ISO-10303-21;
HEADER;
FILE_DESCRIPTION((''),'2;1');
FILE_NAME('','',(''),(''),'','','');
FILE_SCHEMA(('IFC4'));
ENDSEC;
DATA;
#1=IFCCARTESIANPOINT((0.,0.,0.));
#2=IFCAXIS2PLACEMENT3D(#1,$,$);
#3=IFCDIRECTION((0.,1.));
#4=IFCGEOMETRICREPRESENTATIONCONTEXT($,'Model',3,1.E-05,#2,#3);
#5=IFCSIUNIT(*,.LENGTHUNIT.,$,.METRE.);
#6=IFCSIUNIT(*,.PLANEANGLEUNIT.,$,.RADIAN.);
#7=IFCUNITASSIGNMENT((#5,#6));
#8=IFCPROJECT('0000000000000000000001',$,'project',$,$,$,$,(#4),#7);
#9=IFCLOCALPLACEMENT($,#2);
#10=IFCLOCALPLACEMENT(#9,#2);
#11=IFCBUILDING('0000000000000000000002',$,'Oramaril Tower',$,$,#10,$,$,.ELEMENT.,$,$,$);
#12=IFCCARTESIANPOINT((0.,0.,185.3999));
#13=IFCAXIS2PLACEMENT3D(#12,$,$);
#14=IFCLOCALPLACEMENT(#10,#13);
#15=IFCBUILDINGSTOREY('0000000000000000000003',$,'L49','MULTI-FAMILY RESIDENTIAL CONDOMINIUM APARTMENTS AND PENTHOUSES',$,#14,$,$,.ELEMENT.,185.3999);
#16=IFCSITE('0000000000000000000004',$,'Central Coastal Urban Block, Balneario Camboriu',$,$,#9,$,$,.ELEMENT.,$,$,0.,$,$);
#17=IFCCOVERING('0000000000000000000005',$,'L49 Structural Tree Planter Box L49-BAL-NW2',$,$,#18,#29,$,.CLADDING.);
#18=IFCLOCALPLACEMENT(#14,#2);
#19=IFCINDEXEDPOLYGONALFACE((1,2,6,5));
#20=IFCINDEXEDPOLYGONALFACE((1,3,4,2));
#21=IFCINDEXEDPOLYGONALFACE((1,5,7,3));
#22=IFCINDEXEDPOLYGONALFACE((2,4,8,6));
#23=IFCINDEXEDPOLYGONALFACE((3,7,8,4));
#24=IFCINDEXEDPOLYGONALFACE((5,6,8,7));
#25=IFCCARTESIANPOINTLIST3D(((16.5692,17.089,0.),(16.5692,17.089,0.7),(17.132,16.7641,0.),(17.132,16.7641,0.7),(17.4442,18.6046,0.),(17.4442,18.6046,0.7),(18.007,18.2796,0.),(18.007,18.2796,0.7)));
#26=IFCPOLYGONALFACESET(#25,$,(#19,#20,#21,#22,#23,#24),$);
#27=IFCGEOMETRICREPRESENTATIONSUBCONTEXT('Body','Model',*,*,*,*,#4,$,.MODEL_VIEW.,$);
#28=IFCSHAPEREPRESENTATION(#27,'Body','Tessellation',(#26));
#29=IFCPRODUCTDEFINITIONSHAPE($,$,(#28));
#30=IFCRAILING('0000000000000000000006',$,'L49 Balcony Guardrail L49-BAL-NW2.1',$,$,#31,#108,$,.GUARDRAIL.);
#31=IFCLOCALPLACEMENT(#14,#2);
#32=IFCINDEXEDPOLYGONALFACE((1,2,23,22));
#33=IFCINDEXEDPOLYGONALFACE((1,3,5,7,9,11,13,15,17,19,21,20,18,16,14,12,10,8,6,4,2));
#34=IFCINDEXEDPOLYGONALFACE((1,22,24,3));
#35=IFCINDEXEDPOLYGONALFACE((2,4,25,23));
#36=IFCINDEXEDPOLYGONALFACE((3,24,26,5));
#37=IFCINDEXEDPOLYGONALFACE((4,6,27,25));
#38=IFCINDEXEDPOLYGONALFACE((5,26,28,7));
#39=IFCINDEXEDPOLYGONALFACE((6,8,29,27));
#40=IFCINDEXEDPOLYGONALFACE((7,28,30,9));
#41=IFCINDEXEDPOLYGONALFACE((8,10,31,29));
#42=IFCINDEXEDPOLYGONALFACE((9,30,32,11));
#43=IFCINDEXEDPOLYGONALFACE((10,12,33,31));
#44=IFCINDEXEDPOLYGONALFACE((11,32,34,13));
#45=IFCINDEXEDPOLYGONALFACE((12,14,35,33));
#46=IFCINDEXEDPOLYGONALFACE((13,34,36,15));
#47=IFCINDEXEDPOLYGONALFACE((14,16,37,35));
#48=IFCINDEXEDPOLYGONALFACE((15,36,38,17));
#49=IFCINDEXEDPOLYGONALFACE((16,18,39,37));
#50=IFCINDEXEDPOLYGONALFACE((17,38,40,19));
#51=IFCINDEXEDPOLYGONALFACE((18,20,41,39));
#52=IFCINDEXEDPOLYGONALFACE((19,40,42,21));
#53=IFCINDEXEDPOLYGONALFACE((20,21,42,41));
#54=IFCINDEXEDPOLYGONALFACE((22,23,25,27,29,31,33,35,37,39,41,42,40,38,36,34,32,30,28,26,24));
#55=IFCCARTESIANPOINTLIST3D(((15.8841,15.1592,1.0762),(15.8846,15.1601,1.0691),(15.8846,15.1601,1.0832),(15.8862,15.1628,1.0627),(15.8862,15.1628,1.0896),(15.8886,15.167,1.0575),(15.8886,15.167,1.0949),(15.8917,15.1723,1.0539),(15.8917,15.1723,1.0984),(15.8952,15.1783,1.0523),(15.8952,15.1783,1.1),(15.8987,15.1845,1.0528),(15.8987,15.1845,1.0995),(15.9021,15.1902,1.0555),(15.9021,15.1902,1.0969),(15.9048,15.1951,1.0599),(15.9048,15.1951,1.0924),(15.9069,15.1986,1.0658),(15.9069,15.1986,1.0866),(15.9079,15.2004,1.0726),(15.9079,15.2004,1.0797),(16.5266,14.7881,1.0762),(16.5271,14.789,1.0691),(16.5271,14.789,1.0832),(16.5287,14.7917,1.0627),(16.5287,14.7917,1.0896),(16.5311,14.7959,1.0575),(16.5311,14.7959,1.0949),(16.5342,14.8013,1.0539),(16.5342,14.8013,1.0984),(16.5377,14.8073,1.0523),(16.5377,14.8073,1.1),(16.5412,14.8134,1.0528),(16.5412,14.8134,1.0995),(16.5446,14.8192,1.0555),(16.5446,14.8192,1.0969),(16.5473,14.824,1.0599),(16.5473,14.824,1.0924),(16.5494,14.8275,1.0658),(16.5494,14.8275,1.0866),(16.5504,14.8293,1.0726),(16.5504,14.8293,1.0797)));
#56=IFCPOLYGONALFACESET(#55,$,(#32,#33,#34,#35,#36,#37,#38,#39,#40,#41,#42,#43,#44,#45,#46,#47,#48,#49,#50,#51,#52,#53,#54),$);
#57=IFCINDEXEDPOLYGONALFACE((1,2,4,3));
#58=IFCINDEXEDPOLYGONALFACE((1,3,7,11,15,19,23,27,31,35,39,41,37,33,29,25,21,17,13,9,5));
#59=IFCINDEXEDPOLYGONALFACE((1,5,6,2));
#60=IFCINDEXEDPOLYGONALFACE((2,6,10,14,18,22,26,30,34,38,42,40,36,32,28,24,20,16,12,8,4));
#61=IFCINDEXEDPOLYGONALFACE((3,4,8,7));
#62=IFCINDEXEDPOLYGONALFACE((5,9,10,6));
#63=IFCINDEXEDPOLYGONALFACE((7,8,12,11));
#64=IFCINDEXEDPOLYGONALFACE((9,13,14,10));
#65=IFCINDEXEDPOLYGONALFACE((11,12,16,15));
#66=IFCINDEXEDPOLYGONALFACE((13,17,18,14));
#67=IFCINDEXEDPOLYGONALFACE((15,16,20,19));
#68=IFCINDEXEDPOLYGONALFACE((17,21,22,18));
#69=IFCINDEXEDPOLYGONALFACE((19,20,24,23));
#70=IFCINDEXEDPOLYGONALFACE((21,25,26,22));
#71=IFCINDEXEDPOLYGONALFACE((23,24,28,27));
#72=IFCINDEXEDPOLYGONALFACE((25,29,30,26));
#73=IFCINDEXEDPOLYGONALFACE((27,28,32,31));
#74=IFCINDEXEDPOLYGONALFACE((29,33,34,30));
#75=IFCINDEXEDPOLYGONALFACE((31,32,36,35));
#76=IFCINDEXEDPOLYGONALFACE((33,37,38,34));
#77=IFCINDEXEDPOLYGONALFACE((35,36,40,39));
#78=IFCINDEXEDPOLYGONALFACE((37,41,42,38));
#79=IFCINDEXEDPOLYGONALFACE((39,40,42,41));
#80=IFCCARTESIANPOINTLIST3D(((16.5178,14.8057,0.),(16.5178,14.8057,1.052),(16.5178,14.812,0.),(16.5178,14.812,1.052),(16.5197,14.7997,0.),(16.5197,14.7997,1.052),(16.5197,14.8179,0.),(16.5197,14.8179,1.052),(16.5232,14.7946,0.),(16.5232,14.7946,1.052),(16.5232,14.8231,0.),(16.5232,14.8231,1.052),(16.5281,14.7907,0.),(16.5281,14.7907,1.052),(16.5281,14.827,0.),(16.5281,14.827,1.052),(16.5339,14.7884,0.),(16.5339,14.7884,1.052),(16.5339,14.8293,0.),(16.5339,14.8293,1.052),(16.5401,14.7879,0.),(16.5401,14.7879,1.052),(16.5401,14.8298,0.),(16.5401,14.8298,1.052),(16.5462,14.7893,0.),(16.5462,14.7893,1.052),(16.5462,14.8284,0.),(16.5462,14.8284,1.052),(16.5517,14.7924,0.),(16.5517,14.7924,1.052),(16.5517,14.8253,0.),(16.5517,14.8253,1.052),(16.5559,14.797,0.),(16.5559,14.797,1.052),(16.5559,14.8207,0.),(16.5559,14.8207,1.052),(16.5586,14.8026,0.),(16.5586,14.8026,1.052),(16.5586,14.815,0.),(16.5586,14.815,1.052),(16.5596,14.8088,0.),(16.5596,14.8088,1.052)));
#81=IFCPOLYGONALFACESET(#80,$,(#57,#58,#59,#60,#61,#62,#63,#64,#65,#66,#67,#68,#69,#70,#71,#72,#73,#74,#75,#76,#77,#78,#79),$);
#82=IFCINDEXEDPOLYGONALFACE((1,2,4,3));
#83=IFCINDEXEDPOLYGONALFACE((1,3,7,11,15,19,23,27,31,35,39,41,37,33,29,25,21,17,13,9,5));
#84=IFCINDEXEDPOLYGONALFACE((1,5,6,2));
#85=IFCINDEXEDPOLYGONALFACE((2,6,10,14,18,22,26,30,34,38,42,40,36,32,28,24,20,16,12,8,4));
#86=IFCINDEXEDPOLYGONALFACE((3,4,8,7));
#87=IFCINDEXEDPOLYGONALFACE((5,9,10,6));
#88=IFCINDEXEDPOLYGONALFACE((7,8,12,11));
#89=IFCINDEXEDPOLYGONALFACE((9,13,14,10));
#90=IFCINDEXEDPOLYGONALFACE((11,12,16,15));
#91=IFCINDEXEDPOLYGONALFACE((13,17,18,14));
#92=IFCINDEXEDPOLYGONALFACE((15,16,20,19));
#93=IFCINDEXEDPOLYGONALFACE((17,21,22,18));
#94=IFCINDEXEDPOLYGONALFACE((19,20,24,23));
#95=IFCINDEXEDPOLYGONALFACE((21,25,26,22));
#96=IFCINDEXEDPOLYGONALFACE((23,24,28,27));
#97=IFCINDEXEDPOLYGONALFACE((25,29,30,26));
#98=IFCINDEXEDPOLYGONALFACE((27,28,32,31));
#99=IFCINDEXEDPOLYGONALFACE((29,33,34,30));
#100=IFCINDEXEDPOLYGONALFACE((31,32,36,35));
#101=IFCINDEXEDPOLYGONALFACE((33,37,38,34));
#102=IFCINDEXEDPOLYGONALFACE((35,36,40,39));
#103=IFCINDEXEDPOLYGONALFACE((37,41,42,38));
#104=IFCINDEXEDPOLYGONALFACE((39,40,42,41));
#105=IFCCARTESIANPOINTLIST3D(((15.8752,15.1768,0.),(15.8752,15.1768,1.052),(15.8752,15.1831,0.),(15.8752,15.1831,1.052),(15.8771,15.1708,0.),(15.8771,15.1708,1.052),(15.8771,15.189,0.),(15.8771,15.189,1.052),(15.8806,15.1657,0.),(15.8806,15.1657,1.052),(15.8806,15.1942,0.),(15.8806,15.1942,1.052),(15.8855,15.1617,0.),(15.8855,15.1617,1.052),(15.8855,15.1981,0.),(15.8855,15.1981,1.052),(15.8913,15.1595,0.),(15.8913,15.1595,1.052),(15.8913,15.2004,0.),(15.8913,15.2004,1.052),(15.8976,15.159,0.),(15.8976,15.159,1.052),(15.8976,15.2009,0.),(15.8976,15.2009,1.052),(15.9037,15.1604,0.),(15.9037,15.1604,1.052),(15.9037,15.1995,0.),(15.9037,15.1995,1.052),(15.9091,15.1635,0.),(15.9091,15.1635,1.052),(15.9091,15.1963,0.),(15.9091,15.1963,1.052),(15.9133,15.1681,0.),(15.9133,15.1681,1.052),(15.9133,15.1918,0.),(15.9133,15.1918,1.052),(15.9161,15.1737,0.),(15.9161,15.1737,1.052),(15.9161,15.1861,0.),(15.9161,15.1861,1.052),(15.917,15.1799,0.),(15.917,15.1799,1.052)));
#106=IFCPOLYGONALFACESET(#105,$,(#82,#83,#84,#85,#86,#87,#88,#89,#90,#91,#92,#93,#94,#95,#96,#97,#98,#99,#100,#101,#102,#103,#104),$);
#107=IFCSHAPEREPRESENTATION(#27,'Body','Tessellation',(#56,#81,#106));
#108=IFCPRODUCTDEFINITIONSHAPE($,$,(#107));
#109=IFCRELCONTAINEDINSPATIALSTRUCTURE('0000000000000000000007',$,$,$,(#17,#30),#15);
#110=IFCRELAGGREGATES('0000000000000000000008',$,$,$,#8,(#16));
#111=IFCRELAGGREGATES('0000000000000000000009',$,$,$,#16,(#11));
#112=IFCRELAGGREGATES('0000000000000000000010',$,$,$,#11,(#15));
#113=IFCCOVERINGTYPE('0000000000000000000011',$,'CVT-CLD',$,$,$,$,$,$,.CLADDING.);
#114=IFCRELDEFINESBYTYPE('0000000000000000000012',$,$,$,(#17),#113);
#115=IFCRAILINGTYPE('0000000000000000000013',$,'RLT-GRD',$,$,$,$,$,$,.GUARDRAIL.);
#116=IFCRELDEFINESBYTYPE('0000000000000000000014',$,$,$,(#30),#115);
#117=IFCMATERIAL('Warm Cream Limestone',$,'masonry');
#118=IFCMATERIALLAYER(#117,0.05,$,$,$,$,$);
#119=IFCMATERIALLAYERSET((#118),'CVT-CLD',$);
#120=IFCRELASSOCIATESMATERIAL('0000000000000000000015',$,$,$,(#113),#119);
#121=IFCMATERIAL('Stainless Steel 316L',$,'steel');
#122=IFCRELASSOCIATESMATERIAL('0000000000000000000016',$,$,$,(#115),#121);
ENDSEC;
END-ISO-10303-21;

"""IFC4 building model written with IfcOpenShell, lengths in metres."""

from ifc_helpers import new_model, si_unit, direction, frame, origin, origin_2d, place, context, subcontext, project, spatial, rectangle, circle, extrude, material, layer, layer_set, type_object, element, save


model = new_model("IFC4")

# Units and contexts
model_context = context("Model", 3, precision=1e-05, world=origin(), true_north=direction((0.0, 1.0)))
body_context = subcontext(model_context, "Body", "Model", "MODEL_VIEW")
ifc_project = project(units=[si_unit("LENGTHUNIT", "METRE"), si_unit("PLANEANGLEUNIT", "RADIAN")], contexts=[model_context])

# Site, building, storey
site_placement = place(None, origin())
site = spatial("IfcSite", under=ifc_project, at=site_placement, Name="Central Coastal Urban Block, Balneario Camboriu", CompositionType="ELEMENT", RefElevation=0.0)
building_placement = place(site_placement, origin())
building = spatial("IfcBuilding", under=site, at=building_placement, Name="Oramaril Tower", CompositionType="ELEMENT")
storey_placement = place(building_placement, frame((0.0, 0.0, 185.3999)))
storey = spatial("IfcBuildingStorey", under=building, at=storey_placement, Name="L49", Description="MULTI-FAMILY RESIDENTIAL CONDOMINIUM APARTMENTS AND PENTHOUSES", CompositionType="ELEMENT", Elevation=185.3999)

# Covering
ifc_material_1 = material(Name="Warm Cream Limestone", Category="masonry")
ifc_layer_1 = layer(ifc_material_1, 0.05)
ifc_layer_set_1 = layer_set([ifc_layer_1], Name="CVT-CLD")
covering_type = type_object("IfcCoveringType", Name="CVT-CLD", PredefinedType="CLADDING", material=ifc_layer_set_1)
covering_1_placement = place(storey_placement, frame((17.2881, 17.6843, 0.0), z_axis=(0.0, 0.0, 1.0), x_axis=(-0.500002, -0.866025, 0.0)))
element("IfcCovering", 1, at=covering_1_placement, inside=storey, type_object=covering_type, Name="L49 Structural Tree Planter Box L49-BAL-NW2", PredefinedType="CLADDING", context=body_context, shape_type="SweptSolid", body=[
    extrude(rectangle(XDim=1.75, YDim=0.6499, at=origin_2d()), origin(), (0.0, 0.0, 1.0), 0.7),
])

# Railing
ifc_material_2 = material(Name="Stainless Steel 316L", Category="steel")
railing_type = type_object("IfcRailingType", Name="RLT-GRD", PredefinedType="GUARDRAIL", material=ifc_material_2)
railing_1_placement = place(storey_placement, frame((16.5386, 14.8088, 0.0)))
element("IfcRailing", 2, at=railing_1_placement, inside=storey, type_object=railing_type, Name="L49 Balcony Guardrail L49-BAL-NW2.1", PredefinedType="GUARDRAIL", context=body_context, shape_type="SweptSolid", body=[
    extrude(circle(Radius=0.0239, at=origin_2d()), frame((0.0, 0.0, 1.0762), z_axis=(-0.865966, 0.500102, 0.0), x_axis=(-0.500102, -0.865966, 0.0)), (0.0, 0.0, 1.0), 0.7419),
    extrude(circle(Radius=0.021, at=origin_2d()), origin(), (0.0, 0.0, 1.0), 1.052),
    extrude(circle(Radius=0.021, at=origin_2d()), frame((-0.6426, 0.3711, 0.0)), (0.0, 0.0, 1.0), 1.052),
])

save(model, "model.ifc")
